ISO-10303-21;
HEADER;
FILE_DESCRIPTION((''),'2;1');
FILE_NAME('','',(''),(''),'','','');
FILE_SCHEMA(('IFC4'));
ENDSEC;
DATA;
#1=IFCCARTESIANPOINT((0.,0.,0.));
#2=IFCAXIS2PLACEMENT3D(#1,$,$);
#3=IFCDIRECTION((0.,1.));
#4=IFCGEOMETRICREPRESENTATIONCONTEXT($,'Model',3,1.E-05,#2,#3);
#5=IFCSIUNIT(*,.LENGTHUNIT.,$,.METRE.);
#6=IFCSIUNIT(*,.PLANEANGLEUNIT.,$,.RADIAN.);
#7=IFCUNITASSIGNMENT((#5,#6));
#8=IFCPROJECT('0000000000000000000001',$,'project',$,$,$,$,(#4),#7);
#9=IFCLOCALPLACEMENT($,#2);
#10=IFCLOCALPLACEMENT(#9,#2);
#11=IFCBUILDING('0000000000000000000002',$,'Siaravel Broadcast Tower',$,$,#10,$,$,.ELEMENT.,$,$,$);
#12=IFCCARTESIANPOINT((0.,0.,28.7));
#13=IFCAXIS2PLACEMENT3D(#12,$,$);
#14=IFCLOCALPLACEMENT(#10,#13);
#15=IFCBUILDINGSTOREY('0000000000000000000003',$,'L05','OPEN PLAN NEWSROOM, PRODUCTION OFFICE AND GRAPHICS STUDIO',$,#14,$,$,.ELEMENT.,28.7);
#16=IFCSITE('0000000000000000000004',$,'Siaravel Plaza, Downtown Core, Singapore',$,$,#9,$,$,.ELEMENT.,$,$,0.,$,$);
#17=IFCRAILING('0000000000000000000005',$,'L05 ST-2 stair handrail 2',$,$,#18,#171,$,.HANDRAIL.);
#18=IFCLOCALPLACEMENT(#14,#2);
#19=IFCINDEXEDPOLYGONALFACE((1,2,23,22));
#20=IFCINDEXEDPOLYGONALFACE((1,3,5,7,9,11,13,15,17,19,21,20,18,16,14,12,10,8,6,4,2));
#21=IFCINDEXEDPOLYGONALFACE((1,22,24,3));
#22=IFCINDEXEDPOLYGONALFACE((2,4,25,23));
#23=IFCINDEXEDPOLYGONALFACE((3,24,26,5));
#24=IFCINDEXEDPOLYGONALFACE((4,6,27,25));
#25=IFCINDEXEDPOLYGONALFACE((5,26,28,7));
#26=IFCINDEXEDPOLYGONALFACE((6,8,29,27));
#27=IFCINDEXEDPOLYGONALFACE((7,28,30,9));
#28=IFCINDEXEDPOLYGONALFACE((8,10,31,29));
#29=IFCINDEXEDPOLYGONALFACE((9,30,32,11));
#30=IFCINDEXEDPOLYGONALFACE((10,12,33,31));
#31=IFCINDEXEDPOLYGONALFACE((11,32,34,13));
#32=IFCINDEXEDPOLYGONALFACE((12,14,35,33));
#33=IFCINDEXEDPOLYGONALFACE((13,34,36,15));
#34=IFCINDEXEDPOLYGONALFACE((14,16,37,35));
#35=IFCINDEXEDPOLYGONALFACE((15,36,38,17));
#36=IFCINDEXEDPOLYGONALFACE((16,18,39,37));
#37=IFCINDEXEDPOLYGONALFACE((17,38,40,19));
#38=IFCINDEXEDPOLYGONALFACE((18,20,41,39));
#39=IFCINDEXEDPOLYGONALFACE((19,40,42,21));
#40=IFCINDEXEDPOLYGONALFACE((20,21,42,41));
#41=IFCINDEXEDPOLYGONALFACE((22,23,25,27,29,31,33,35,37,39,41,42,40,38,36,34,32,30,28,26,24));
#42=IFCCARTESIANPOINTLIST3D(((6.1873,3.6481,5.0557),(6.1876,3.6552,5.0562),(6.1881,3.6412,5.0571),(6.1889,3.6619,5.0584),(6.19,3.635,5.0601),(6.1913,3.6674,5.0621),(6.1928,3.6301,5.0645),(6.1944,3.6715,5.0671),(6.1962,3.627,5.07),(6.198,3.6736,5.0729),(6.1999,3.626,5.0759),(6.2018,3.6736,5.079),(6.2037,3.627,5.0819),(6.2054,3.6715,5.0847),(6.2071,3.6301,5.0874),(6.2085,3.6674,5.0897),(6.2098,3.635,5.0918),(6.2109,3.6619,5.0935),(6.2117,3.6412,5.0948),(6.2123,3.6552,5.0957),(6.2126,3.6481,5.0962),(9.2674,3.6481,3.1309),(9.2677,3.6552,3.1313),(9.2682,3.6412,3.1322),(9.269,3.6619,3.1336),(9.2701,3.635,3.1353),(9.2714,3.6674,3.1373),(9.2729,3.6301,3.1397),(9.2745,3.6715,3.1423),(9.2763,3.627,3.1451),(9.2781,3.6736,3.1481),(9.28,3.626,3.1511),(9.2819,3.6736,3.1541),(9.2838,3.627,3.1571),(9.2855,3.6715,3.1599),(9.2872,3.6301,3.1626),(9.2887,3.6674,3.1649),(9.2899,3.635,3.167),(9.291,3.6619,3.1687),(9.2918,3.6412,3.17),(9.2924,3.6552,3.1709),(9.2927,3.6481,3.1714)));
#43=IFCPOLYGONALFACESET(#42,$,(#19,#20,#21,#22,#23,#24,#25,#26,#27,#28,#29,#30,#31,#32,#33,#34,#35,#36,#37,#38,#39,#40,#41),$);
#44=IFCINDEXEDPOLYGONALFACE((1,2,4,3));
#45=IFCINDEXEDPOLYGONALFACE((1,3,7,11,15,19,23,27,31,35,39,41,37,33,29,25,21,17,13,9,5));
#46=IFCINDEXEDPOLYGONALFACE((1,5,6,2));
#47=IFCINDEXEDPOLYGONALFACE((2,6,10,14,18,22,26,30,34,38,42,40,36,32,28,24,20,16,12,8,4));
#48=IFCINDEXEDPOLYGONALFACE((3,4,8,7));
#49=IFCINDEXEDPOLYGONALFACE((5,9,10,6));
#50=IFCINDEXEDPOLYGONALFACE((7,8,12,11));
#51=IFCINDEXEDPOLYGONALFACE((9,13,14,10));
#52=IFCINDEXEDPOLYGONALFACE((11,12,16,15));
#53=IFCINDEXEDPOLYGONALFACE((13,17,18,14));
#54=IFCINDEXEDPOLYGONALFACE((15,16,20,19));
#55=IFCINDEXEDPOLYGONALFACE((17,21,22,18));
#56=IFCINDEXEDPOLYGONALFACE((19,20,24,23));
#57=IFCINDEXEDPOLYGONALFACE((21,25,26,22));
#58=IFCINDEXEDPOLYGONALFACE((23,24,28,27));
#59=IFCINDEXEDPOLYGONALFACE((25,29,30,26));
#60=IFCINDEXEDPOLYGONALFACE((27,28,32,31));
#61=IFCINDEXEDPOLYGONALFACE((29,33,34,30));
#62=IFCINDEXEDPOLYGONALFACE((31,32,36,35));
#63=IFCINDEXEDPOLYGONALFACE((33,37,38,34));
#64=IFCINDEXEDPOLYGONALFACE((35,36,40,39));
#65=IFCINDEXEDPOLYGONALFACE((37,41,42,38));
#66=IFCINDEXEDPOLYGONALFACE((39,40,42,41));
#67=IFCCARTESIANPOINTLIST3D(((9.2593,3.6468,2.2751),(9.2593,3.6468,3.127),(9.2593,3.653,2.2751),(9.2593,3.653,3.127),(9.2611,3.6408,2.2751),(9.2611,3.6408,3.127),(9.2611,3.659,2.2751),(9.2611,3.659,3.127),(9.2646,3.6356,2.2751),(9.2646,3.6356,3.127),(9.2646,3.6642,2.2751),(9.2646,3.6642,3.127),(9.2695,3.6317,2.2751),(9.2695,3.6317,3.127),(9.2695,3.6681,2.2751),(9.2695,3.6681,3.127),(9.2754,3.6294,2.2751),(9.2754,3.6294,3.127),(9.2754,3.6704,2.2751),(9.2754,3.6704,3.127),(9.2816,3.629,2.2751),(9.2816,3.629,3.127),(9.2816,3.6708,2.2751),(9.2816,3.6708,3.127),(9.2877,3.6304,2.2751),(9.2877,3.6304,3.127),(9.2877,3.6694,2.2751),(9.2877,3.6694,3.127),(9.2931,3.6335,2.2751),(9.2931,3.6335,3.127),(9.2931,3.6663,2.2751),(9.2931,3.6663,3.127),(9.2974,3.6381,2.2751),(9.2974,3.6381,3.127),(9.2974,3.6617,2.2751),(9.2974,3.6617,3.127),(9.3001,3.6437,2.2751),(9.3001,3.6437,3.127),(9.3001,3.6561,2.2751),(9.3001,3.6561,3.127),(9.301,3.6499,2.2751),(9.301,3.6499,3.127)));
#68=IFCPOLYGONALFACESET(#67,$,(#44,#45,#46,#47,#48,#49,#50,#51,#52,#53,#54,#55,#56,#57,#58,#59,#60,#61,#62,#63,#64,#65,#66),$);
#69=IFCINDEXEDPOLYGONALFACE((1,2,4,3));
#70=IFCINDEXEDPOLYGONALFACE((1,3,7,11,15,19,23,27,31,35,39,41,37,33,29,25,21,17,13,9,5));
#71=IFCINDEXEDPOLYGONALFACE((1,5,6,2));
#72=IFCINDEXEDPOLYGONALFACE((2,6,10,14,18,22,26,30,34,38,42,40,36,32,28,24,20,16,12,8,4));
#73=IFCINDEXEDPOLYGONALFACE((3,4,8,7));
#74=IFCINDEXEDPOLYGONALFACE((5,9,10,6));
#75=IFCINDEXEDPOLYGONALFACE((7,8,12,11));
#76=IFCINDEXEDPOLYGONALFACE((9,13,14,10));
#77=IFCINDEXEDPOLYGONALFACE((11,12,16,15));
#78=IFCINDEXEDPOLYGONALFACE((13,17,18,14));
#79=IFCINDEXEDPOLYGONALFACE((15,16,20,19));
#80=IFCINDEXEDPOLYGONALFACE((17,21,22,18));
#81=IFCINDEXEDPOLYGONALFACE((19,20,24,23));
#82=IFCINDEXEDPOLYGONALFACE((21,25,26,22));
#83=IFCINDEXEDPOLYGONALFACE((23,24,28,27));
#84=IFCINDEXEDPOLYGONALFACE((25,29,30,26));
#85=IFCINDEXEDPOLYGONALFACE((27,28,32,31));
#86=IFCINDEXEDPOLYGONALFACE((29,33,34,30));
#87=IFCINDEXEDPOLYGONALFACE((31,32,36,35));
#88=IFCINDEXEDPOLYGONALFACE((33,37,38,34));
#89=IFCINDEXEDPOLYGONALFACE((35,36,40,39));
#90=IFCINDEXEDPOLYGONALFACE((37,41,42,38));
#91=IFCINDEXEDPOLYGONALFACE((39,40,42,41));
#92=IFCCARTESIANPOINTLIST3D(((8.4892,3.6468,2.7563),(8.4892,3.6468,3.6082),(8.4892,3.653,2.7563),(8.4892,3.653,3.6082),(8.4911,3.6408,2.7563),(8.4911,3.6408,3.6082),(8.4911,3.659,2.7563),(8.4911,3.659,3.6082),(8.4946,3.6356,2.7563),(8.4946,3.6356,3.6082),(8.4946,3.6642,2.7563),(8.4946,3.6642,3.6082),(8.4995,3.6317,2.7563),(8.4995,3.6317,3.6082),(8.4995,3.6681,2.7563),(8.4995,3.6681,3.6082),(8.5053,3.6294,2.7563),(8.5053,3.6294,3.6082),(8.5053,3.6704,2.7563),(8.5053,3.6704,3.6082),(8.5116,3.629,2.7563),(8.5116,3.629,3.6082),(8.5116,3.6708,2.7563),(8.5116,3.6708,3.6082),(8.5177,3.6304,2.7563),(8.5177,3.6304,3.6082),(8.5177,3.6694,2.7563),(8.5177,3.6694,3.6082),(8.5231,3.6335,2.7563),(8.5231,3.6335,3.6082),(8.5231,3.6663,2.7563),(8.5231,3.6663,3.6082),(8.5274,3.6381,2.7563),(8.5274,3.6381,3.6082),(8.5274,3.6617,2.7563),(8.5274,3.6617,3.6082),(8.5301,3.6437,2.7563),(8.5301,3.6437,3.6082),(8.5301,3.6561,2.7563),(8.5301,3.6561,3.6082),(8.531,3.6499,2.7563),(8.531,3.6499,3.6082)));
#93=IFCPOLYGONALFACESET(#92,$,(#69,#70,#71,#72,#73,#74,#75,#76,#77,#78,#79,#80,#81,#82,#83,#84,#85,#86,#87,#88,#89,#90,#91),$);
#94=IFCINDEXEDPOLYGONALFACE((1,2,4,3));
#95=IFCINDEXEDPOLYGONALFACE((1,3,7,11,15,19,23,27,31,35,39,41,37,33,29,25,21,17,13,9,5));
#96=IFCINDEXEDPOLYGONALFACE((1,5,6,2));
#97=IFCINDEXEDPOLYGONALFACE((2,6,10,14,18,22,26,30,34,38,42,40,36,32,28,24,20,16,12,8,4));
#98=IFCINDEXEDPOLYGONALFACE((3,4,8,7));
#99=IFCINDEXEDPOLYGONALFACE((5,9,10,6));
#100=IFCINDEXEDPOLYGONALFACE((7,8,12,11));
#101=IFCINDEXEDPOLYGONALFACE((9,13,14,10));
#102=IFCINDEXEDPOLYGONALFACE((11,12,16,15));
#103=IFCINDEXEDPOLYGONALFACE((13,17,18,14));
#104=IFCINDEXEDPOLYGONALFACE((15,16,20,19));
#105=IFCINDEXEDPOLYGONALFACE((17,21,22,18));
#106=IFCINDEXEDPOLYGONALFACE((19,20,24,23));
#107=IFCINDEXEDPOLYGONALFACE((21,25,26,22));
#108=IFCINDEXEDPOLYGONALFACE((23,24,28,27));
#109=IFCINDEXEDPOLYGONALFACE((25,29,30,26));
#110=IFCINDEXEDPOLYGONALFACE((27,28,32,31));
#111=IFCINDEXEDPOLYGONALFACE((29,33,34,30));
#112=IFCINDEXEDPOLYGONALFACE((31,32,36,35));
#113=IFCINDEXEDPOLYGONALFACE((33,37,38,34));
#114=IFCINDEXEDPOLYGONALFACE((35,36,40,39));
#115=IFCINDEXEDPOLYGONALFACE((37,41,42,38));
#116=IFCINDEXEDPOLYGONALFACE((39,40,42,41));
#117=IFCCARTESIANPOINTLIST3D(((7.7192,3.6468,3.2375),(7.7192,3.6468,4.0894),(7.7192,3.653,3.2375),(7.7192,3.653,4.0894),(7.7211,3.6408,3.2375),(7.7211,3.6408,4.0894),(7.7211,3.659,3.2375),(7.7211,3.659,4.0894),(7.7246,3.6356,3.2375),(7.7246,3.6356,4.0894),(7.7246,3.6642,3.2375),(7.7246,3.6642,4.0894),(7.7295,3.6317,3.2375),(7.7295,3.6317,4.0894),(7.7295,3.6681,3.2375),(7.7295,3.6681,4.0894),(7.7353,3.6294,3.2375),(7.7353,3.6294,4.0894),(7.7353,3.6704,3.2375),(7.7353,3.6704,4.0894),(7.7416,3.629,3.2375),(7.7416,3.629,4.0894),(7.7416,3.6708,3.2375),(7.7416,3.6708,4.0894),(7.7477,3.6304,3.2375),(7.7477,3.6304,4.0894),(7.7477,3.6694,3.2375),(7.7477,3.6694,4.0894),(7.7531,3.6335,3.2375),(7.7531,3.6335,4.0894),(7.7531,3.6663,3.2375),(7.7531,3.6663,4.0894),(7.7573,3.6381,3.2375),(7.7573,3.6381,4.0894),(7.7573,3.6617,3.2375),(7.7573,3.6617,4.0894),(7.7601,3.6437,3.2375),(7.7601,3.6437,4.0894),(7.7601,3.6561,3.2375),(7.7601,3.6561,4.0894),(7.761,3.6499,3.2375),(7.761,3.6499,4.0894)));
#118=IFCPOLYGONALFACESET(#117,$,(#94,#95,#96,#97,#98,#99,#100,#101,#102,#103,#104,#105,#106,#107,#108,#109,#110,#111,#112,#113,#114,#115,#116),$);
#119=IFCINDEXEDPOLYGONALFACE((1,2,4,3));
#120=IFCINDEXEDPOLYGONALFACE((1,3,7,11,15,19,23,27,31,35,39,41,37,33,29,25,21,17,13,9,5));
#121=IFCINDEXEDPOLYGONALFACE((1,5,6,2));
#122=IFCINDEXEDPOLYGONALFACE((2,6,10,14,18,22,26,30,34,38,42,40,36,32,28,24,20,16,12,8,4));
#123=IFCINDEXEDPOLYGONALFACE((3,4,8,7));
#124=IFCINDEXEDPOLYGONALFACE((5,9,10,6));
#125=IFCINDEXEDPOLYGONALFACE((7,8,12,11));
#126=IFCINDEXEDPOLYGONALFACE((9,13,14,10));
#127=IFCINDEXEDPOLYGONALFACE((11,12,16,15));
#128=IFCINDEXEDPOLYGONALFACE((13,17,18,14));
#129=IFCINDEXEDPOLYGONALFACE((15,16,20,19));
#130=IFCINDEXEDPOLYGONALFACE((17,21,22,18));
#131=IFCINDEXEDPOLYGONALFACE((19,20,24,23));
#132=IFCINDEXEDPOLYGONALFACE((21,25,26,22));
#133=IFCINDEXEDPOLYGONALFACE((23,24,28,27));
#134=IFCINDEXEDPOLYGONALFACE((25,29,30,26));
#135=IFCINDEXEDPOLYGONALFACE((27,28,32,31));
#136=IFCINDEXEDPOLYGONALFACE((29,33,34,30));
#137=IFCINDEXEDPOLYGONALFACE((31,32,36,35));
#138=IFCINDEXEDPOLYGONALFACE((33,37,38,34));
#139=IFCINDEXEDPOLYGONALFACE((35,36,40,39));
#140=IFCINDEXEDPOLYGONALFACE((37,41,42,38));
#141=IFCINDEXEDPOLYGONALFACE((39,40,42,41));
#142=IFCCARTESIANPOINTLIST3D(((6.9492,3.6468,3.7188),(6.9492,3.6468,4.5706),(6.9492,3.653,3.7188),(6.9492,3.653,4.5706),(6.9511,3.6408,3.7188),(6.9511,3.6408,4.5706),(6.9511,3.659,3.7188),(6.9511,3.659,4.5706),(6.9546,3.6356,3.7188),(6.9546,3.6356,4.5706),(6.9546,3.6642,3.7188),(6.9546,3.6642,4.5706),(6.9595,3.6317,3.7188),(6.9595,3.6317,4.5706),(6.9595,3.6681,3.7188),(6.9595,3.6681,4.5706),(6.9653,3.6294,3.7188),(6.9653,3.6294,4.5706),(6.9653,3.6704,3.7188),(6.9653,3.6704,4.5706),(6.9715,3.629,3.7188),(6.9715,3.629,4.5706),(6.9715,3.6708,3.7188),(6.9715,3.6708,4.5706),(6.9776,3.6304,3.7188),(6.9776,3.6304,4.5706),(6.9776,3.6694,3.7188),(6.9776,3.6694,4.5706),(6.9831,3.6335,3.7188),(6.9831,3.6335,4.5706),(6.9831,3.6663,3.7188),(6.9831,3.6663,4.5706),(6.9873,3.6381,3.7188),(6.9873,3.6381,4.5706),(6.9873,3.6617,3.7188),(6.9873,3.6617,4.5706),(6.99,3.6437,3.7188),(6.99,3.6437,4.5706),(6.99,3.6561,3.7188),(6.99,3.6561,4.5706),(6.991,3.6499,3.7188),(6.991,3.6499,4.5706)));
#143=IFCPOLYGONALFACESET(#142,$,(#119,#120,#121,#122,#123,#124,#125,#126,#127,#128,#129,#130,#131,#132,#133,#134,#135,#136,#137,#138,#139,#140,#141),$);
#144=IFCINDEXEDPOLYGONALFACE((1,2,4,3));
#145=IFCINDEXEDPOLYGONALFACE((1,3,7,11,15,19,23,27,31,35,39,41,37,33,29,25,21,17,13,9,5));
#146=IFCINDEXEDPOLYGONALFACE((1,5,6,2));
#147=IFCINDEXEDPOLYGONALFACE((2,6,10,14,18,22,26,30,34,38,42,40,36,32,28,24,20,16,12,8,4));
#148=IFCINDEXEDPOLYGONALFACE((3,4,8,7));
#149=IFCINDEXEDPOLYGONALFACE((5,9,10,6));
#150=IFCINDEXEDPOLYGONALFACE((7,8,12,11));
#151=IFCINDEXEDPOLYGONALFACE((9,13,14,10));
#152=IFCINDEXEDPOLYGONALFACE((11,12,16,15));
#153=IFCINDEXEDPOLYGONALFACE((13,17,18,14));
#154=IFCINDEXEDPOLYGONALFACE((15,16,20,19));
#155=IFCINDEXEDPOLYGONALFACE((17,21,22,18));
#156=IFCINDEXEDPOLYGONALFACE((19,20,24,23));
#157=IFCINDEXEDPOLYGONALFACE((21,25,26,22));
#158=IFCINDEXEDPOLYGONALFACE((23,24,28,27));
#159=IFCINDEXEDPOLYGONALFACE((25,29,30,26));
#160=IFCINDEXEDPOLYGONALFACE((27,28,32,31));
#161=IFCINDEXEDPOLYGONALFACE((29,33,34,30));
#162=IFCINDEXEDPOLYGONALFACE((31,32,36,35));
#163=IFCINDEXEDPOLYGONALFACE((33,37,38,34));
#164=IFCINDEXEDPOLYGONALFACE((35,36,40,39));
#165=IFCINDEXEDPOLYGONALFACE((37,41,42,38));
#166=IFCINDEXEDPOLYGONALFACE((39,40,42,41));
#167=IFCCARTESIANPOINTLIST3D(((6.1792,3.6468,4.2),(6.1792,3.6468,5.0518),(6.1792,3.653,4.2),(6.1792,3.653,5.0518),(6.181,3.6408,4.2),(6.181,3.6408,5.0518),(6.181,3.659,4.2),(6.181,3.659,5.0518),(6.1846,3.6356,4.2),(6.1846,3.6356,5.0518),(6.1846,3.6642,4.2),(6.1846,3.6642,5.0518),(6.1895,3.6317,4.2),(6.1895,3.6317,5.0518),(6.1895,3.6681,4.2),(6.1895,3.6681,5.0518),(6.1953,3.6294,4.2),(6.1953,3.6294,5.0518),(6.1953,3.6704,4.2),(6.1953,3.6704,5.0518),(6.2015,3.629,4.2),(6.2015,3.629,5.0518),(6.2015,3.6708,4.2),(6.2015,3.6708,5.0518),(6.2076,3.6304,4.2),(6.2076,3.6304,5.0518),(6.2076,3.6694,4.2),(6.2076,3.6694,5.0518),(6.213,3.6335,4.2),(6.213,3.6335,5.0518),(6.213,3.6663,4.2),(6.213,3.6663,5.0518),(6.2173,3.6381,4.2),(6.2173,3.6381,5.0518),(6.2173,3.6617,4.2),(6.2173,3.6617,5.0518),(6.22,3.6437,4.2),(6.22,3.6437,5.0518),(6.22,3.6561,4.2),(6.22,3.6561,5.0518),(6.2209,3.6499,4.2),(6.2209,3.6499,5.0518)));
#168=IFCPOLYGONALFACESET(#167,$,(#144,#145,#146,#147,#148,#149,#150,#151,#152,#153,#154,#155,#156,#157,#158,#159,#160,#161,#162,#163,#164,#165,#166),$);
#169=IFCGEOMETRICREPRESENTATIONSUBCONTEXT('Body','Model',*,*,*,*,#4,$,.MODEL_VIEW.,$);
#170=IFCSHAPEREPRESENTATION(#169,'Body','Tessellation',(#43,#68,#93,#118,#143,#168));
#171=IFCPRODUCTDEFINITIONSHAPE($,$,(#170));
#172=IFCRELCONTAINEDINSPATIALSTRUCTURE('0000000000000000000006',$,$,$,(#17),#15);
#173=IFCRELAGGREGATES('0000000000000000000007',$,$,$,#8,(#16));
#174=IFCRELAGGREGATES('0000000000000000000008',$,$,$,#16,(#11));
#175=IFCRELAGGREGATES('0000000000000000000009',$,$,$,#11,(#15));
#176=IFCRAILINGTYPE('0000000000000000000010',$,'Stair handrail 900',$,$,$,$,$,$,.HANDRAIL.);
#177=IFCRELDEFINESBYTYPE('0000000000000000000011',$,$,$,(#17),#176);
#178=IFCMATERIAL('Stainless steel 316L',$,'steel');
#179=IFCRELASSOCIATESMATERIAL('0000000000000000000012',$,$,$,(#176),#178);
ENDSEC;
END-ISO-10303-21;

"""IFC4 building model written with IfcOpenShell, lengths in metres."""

from ifc_helpers import new_model, si_unit, direction, frame, origin, origin_2d, place, context, subcontext, project, spatial, circle, extrude, material, type_object, element, save


model = new_model("IFC4")

# Units and contexts
model_context = context("Model", 3, precision=1e-05, world=origin(), true_north=direction((0.0, 1.0)))
body_context = subcontext(model_context, "Body", "Model", "MODEL_VIEW")
ifc_project = project(units=[si_unit("LENGTHUNIT", "METRE"), si_unit("PLANEANGLEUNIT", "RADIAN")], contexts=[model_context])

# Site, building, storey
site_placement = place(None, origin())
site = spatial("IfcSite", under=ifc_project, at=site_placement, Name="Siaravel Plaza, Downtown Core, Singapore", CompositionType="ELEMENT", RefElevation=0.0)
building_placement = place(site_placement, origin())
building = spatial("IfcBuilding", under=site, at=building_placement, Name="Siaravel Broadcast Tower", CompositionType="ELEMENT")
storey_placement = place(building_placement, frame((0.0, 0.0, 28.7)))
storey = spatial("IfcBuildingStorey", under=building, at=storey_placement, Name="L05", Description="OPEN PLAN NEWSROOM, PRODUCTION OFFICE AND GRAPHICS STUDIO", CompositionType="ELEMENT", Elevation=28.7)

# Railing
ifc_material_1 = material(Name="Stainless steel 316L", Category="steel")
railing_type_1 = type_object("IfcRailingType", Name="Stair handrail 900", PredefinedType="HANDRAIL", material=ifc_material_1)
railing_1_placement = place(storey_placement, frame((9.28, 3.6499, 2.2751)))
element("IfcRailing", 1, at=railing_1_placement, inside=storey, type_object=railing_type_1, Name="L05 ST-2 stair handrail 2", PredefinedType="HANDRAIL", context=body_context, shape_type="SweptSolid", body=[
    extrude(circle(Radius=0.0239, at=origin_2d()), frame((0.0, 0.0, 0.876), z_axis=(-0.848029, 0.0, 0.529951), x_axis=(0.0, -1.0, 0.0)), (0.0, 0.0, 1.0), 3.6321),
    extrude(circle(Radius=0.021, at=origin_2d()), origin(), (0.0, 0.0, 1.0), 0.8518),
    extrude(circle(Radius=0.021, at=origin_2d()), frame((-0.77, 0.0, 0.4812)), (0.0, 0.0, 1.0), 0.8518),
    extrude(circle(Radius=0.021, at=origin_2d()), frame((-1.54, 0.0, 0.9624)), (0.0, 0.0, 1.0), 0.8518),
    extrude(circle(Radius=0.021, at=origin_2d()), frame((-2.3101, 0.0, 1.4436)), (0.0, 0.0, 1.0), 0.8518),
    extrude(circle(Radius=0.021, at=origin_2d()), frame((-3.0801, 0.0, 1.9248)), (0.0, 0.0, 1.0), 0.8518),
])

save(model, "model.ifc")
